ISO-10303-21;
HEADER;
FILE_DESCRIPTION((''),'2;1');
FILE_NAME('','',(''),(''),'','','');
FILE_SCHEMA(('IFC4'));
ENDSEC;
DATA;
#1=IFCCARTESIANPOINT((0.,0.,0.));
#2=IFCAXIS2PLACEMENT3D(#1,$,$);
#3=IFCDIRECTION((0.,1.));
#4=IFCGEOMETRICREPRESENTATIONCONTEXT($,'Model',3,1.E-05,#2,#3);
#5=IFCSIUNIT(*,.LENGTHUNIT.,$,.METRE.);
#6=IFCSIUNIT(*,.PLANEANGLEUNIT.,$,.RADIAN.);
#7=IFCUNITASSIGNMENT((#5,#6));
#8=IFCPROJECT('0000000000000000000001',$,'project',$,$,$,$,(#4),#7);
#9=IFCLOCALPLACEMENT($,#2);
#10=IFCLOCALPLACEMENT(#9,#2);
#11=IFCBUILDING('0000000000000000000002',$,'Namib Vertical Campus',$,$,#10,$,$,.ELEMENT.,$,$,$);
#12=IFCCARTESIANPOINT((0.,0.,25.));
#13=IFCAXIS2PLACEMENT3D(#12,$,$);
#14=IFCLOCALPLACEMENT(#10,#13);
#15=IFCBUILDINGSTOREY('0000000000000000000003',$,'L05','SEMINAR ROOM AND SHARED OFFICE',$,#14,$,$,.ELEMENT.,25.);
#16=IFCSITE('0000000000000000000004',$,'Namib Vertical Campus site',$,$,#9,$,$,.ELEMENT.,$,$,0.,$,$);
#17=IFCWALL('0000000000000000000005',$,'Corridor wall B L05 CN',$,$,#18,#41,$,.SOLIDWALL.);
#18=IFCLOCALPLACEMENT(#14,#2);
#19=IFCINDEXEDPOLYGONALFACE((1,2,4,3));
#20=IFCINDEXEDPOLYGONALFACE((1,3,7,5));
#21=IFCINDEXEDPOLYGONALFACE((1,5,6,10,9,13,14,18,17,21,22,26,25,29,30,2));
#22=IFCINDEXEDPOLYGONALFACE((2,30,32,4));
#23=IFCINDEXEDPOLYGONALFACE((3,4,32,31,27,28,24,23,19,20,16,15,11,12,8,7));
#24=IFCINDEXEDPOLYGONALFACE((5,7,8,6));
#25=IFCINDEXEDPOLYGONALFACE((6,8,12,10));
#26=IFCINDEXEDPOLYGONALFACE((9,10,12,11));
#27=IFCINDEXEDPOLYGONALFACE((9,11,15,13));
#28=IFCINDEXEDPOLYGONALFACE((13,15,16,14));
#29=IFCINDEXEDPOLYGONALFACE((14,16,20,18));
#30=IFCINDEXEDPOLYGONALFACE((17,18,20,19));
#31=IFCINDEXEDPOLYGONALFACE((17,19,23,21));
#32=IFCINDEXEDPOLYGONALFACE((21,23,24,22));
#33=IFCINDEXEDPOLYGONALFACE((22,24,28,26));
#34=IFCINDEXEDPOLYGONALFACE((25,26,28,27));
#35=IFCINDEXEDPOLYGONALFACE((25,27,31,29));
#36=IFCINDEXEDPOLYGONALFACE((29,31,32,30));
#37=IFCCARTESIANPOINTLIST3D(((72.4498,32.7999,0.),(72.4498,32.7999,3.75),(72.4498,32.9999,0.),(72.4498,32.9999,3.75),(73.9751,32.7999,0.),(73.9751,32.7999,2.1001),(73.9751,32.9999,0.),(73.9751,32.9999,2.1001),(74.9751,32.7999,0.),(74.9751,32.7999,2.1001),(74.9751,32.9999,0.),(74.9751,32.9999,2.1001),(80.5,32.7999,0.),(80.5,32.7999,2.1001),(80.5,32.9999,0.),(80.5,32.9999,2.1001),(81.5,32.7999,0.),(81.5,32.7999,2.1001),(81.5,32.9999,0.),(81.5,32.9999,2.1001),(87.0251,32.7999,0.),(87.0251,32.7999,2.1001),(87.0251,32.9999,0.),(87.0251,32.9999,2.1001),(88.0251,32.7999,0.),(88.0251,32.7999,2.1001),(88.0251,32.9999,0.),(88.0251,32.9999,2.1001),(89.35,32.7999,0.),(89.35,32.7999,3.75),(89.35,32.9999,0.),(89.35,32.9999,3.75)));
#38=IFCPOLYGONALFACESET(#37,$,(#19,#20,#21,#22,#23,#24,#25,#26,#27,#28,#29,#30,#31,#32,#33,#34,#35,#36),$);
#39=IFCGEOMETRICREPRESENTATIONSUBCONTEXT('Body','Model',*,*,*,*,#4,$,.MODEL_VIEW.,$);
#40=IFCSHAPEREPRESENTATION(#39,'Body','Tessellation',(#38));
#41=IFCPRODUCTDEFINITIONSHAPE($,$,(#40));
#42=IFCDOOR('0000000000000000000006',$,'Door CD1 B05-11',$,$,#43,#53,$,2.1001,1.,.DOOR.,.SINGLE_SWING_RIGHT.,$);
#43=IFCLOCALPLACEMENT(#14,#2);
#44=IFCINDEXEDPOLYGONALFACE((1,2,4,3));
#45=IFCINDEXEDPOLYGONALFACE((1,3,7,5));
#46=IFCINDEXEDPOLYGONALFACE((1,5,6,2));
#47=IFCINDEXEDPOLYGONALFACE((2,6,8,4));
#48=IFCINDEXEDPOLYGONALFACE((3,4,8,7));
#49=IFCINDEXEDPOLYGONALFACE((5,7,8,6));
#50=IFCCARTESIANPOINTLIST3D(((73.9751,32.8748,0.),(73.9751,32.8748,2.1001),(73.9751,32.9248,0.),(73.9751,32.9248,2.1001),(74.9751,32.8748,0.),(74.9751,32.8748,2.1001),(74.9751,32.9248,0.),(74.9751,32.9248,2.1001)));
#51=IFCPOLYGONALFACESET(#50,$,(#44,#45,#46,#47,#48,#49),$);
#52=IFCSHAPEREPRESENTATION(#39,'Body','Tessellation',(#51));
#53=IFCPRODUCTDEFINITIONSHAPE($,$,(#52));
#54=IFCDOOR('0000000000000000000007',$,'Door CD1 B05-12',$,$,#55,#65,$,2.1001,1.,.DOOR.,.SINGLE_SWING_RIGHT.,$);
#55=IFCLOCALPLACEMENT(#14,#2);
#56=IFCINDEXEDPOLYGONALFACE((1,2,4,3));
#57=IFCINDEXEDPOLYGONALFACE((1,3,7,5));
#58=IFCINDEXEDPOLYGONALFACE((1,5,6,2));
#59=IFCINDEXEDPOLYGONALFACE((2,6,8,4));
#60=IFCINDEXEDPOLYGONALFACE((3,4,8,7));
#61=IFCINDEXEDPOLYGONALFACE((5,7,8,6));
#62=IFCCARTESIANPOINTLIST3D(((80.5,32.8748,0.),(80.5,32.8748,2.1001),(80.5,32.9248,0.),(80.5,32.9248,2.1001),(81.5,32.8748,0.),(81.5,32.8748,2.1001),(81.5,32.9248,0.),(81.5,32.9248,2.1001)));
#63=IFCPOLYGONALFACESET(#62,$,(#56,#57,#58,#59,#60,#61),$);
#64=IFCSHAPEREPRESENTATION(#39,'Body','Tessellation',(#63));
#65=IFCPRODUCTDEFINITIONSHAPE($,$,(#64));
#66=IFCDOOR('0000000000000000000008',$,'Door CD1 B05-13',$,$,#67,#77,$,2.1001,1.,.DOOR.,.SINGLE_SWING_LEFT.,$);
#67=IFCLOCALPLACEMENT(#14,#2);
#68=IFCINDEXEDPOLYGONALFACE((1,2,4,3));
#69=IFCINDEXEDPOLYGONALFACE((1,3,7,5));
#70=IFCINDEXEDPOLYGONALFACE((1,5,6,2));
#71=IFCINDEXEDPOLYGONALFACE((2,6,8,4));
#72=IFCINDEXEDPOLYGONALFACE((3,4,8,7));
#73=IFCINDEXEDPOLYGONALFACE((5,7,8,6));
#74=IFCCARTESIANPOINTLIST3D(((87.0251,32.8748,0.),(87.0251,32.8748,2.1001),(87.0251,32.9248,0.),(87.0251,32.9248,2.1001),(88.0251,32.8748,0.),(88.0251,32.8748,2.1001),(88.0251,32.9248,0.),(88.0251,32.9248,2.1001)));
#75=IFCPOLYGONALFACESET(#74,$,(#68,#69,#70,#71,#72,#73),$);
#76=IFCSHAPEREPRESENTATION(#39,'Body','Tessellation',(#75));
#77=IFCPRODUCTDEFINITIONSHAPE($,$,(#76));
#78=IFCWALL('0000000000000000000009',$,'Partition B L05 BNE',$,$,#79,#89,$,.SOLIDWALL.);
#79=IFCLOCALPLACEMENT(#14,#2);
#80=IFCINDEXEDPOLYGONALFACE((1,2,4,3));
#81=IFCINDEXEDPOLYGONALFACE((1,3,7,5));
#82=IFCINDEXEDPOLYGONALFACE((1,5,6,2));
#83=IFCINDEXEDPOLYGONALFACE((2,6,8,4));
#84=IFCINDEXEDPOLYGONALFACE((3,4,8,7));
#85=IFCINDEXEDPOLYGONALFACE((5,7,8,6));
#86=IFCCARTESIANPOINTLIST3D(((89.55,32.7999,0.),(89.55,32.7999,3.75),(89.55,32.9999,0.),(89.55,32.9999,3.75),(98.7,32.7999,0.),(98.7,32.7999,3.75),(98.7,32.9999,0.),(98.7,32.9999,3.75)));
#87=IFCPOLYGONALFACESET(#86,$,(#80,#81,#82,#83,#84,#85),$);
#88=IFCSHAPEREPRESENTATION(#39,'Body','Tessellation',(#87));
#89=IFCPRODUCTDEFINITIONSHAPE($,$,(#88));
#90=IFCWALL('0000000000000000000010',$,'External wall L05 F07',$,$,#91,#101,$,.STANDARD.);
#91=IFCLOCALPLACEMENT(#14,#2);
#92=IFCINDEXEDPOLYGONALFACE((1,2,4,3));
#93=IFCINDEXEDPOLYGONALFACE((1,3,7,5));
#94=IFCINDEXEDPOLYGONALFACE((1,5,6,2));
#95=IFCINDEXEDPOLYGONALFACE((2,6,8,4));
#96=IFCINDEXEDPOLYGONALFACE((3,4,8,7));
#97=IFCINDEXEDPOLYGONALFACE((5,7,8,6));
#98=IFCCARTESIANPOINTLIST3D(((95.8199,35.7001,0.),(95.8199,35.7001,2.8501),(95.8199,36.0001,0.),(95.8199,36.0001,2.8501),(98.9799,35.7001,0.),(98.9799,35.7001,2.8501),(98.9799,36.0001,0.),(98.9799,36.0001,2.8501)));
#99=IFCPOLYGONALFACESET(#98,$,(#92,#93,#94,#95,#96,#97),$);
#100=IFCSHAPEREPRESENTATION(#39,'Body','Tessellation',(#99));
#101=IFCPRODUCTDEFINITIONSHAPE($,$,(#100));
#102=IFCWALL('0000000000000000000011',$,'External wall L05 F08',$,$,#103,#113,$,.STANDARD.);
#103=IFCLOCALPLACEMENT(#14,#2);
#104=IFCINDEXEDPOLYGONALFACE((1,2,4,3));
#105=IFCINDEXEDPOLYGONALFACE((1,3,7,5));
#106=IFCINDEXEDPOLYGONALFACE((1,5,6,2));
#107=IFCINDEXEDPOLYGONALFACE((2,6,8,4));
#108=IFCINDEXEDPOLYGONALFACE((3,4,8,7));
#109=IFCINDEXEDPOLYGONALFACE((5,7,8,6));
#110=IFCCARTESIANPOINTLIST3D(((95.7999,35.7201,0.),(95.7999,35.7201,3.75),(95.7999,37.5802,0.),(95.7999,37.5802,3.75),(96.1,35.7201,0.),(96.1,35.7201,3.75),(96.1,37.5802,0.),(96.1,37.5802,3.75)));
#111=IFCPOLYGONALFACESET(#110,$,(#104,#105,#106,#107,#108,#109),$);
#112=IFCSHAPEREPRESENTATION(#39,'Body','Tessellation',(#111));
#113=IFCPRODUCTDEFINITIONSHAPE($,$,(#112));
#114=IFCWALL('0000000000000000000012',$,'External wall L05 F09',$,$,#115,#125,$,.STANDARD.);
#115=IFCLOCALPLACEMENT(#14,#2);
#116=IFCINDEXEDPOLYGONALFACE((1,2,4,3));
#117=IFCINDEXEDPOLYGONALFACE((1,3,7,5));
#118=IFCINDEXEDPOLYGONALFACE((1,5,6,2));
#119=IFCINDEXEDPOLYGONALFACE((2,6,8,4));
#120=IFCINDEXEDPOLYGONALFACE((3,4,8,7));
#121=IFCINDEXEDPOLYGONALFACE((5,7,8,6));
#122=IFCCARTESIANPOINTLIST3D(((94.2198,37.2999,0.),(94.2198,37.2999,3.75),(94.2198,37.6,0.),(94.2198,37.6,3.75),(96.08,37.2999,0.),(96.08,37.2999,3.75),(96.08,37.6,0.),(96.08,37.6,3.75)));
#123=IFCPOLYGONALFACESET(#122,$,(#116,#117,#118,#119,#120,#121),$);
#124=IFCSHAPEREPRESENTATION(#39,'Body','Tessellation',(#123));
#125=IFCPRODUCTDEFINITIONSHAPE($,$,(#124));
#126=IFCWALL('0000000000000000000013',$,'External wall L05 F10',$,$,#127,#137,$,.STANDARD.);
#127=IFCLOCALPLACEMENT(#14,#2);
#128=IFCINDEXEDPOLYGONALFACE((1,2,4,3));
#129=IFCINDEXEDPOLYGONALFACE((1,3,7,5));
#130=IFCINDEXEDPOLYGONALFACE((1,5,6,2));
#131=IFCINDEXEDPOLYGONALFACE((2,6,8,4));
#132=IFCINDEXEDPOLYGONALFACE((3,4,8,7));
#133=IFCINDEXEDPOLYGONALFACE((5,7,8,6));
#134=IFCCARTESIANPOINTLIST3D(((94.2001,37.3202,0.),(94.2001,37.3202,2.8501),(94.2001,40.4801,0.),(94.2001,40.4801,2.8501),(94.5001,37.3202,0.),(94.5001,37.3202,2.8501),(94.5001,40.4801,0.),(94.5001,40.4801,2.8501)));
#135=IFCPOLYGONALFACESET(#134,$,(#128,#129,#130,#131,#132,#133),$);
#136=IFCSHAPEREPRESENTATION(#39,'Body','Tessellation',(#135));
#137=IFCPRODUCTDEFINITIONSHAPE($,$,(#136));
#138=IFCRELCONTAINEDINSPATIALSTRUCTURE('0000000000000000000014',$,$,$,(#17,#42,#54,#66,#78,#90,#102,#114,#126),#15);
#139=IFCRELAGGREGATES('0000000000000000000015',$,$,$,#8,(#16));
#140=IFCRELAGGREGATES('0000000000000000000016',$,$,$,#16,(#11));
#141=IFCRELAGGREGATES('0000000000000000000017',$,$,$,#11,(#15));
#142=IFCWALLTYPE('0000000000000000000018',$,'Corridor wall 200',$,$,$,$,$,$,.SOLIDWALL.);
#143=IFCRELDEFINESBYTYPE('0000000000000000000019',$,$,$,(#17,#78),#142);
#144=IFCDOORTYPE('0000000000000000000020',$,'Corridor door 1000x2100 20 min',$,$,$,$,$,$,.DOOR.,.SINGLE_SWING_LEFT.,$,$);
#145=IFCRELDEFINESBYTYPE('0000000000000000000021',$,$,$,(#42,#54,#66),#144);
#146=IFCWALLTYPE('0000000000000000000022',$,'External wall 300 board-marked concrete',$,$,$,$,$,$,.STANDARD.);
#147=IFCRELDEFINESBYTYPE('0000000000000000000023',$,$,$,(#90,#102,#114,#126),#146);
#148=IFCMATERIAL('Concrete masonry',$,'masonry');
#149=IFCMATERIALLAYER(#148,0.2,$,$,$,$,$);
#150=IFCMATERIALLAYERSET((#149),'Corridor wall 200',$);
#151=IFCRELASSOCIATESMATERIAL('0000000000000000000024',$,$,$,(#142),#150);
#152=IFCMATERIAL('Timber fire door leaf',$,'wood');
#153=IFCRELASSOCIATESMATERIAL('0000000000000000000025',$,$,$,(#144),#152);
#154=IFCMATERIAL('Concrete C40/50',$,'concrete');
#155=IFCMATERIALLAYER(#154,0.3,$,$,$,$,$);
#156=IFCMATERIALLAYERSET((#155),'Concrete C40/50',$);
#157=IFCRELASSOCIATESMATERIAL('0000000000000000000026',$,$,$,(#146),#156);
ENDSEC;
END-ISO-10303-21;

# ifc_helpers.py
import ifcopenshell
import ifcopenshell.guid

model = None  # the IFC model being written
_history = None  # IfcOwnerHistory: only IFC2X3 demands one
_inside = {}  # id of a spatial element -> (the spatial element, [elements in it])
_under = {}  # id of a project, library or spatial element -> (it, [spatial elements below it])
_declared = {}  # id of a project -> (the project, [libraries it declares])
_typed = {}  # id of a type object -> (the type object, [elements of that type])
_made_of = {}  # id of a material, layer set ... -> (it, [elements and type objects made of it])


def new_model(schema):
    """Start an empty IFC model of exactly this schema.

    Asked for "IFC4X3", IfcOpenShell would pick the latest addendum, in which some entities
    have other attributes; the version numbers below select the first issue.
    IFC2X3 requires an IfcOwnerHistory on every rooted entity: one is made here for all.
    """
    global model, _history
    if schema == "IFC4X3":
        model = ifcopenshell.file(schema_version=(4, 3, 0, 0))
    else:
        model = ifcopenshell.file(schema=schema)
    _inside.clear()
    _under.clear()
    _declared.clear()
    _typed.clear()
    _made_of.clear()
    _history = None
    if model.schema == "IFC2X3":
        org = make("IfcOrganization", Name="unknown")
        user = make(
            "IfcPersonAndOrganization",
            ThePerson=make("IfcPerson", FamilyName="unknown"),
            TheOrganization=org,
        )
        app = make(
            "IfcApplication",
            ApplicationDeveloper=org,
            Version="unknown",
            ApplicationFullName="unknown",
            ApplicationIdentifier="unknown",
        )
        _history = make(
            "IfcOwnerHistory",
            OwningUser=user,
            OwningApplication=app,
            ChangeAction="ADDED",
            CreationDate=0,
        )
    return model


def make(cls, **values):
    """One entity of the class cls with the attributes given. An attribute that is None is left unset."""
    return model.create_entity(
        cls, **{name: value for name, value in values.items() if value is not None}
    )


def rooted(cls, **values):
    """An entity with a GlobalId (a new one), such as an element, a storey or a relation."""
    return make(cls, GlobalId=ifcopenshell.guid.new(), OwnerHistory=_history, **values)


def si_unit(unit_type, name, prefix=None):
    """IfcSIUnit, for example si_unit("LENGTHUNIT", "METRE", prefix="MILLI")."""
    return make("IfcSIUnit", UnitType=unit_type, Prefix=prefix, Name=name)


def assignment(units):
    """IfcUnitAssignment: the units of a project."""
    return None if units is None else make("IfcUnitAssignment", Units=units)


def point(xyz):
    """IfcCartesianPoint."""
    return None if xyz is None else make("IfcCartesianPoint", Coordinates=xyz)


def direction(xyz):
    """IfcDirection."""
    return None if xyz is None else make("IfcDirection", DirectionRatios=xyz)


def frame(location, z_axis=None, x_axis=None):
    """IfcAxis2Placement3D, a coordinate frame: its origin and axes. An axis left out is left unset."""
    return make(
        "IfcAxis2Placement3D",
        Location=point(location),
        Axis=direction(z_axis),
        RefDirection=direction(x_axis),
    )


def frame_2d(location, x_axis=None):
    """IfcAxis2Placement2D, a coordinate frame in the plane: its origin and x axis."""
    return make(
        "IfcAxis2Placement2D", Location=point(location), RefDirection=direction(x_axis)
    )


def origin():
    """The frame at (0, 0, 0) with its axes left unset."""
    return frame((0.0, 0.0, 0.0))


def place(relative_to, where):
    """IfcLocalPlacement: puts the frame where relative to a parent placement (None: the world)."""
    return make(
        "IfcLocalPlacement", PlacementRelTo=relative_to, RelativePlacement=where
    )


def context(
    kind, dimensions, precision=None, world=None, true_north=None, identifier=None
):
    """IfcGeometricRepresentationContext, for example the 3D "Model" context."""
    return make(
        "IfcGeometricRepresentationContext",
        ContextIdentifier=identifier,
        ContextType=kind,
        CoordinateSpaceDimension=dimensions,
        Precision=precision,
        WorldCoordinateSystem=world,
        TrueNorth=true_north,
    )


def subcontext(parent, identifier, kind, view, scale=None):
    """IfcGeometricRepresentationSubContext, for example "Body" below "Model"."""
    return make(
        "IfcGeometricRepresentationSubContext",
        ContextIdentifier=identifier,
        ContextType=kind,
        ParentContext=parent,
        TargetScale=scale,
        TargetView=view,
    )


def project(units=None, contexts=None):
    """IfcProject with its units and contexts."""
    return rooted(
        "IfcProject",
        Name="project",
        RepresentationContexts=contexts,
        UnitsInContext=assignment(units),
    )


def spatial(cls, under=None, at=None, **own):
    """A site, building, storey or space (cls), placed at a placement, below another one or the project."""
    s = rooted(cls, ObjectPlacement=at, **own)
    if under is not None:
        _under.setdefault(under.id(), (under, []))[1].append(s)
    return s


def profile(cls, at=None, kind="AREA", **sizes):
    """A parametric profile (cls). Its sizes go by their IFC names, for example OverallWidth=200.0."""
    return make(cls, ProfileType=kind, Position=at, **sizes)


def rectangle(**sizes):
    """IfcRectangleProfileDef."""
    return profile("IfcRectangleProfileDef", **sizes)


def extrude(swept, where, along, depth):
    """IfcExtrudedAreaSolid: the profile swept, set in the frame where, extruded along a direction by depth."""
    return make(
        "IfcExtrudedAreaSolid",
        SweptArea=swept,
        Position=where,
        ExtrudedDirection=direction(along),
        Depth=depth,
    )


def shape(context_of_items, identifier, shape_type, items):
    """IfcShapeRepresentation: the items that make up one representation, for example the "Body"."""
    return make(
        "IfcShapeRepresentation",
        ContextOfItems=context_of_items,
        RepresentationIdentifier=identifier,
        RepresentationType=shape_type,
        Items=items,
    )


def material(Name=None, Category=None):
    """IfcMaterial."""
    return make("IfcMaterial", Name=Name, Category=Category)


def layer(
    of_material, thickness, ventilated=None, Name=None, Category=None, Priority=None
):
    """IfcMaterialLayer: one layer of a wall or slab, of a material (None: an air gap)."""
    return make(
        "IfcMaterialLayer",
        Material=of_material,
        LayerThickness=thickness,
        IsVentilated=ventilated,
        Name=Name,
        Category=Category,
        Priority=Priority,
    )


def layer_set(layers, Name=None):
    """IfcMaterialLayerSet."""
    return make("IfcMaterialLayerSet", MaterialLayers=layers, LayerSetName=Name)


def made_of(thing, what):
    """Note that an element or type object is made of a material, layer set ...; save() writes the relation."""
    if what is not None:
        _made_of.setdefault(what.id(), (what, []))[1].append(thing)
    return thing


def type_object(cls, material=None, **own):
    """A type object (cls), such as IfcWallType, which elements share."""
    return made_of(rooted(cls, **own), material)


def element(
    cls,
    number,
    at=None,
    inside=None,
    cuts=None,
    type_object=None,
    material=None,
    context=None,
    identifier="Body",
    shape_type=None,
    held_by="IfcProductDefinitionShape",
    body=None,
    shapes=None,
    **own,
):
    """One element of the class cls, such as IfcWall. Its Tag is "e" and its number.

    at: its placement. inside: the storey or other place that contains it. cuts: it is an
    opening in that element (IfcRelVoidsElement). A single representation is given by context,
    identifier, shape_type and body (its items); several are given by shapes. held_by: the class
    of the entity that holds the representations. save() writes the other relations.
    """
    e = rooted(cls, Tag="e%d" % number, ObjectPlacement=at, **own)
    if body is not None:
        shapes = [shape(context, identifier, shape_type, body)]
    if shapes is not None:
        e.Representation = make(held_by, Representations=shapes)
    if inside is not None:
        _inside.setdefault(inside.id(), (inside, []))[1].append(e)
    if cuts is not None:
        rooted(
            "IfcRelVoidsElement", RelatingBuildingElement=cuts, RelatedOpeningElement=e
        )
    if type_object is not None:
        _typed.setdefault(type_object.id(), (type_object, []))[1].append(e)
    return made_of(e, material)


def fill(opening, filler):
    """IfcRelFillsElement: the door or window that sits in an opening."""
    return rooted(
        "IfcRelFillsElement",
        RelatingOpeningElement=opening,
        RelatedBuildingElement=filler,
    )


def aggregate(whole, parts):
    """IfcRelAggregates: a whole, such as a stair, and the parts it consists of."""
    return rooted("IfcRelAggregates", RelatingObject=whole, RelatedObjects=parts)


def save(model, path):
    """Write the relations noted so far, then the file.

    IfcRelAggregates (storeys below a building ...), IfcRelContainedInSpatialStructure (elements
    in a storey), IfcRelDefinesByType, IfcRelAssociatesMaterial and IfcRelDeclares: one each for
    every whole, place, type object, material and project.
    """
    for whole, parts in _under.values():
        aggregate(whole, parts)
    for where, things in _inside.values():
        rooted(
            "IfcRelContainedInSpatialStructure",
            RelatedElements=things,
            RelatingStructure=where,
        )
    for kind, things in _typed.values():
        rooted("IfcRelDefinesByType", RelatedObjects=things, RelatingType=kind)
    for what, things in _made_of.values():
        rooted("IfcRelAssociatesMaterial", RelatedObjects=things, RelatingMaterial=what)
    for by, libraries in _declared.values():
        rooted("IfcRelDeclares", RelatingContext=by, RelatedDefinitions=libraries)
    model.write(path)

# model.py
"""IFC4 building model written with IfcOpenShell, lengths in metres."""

from ifc_helpers import new_model, si_unit, direction, frame, frame_2d, origin, place, context, subcontext, project, spatial, rectangle, extrude, material, layer, layer_set, type_object, element, fill, save


model = new_model("IFC4")

# Units and contexts
model_context = context("Model", 3, precision=1e-05, world=origin(), true_north=direction((0.0, 1.0)))
body_context = subcontext(model_context, "Body", "Model", "MODEL_VIEW")
ifc_project = project(units=[si_unit("LENGTHUNIT", "METRE"), si_unit("PLANEANGLEUNIT", "RADIAN")], contexts=[model_context])

# Site, building, storey
site_placement = place(None, origin())
site = spatial("IfcSite", under=ifc_project, at=site_placement, Name="Namib Vertical Campus site", CompositionType="ELEMENT", RefElevation=0.0)
building_placement = place(site_placement, origin())
building = spatial("IfcBuilding", under=site, at=building_placement, Name="Namib Vertical Campus", CompositionType="ELEMENT")
storey_placement = place(building_placement, frame((0.0, 0.0, 25.0)))
storey = spatial("IfcBuildingStorey", under=building, at=storey_placement, Name="L05", Description="SEMINAR ROOM AND SHARED OFFICE", CompositionType="ELEMENT", Elevation=25.0)

# Wall, openings, doors
ifc_material_1 = material(Name="Concrete masonry", Category="masonry")
ifc_layer_1 = layer(ifc_material_1, 0.2)
ifc_layer_set_1 = layer_set([ifc_layer_1], Name="Corridor wall 200")
wall_type_1 = type_object("IfcWallType", Name="Corridor wall 200", PredefinedType="SOLIDWALL", material=ifc_layer_set_1)
wall_1_placement = place(storey_placement, frame((89.3501, 32.8999, 0.0), z_axis=(0.0, 0.0, 1.0), x_axis=(-1.0, 0.0, 0.0)))
wall_1 = element("IfcWall", 1, at=wall_1_placement, inside=storey, type_object=wall_type_1, Name="Corridor wall B L05 CN", PredefinedType="SOLIDWALL", context=body_context, shape_type="SweptSolid", body=[
    extrude(rectangle(XDim=16.9001, YDim=0.2, at=frame_2d((8.4502, 0.0))), origin(), (0.0, 0.0, 1.0), 3.75),
])
opening_1_placement = place(wall_1_placement, frame((14.375, 0.0, 0.0)))
opening_1 = element("IfcOpeningElement", 2, at=opening_1_placement, cuts=wall_1, PredefinedType="OPENING", context=body_context, shape_type="SweptSolid", body=[
    extrude(rectangle(XDim=1.0, YDim=2.1001, at=frame_2d((0.5, 1.05))), frame((0.0, 0.1099, 0.0), z_axis=(0.0, -1.0, 0.0), x_axis=(1.0, 0.0, 0.0)), (0.0, 0.0, 1.0), 0.22),
])
opening_2_placement = place(wall_1_placement, frame((7.8501, 0.0, 0.0)))
opening_2 = element("IfcOpeningElement", 3, at=opening_2_placement, cuts=wall_1, PredefinedType="OPENING", context=body_context, shape_type="SweptSolid", body=[
    extrude(rectangle(XDim=1.0, YDim=2.1001, at=frame_2d((0.5, 1.05))), frame((0.0, 0.1099, 0.0), z_axis=(0.0, -1.0, 0.0), x_axis=(1.0, 0.0, 0.0)), (0.0, 0.0, 1.0), 0.22),
])
opening_3_placement = place(wall_1_placement, frame((1.325, 0.0, 0.0)))
opening_3 = element("IfcOpeningElement", 4, at=opening_3_placement, cuts=wall_1, PredefinedType="OPENING", context=body_context, shape_type="SweptSolid", body=[
    extrude(rectangle(XDim=1.0, YDim=2.1001, at=frame_2d((0.5, 1.05))), frame((0.0, 0.1099, 0.0), z_axis=(0.0, -1.0, 0.0), x_axis=(1.0, 0.0, 0.0)), (0.0, 0.0, 1.0), 0.22),
])
ifc_material_2 = material(Name="Timber fire door leaf", Category="wood")
door_type = type_object("IfcDoorType", Name="Corridor door 1000x2100 20 min", OperationType="SINGLE_SWING_LEFT", PredefinedType="DOOR", material=ifc_material_2)
door_1_placement = place(opening_1_placement, frame((1.0, 0.0, 0.0), z_axis=(0.0, 0.0, 1.0), x_axis=(-1.0, 0.0, 0.0)))
door_1 = element("IfcDoor", 5, at=door_1_placement, inside=storey, type_object=door_type, Name="Door CD1 B05-11", OperationType="SINGLE_SWING_RIGHT", OverallHeight=2.1001, OverallWidth=1.0, PredefinedType="DOOR", context=body_context, shape_type="SweptSolid", body=[
    extrude(rectangle(XDim=1.0, YDim=2.1001, at=frame_2d((0.5, 1.05))), frame((0.0, 0.0249, 0.0), z_axis=(0.0, -1.0, 0.0), x_axis=(1.0, 0.0, 0.0)), (0.0, 0.0, 1.0), 0.05),
])
fill(opening_1, door_1)
door_2_placement = place(opening_2_placement, frame((1.0, 0.0, 0.0), z_axis=(0.0, 0.0, 1.0), x_axis=(-1.0, 0.0, 0.0)))
door_2 = element("IfcDoor", 6, at=door_2_placement, inside=storey, type_object=door_type, Name="Door CD1 B05-12", OperationType="SINGLE_SWING_RIGHT", OverallHeight=2.1001, OverallWidth=1.0, PredefinedType="DOOR", context=body_context, shape_type="SweptSolid", body=[
    extrude(rectangle(XDim=1.0, YDim=2.1001, at=frame_2d((0.5, 1.05))), frame((0.0, 0.0249, 0.0), z_axis=(0.0, -1.0, 0.0), x_axis=(1.0, 0.0, 0.0)), (0.0, 0.0, 1.0), 0.05),
])
fill(opening_2, door_2)
door_3_placement = place(opening_3_placement, frame((1.0, 0.0, 0.0), z_axis=(0.0, 0.0, 1.0), x_axis=(-1.0, 0.0, 0.0)))
door_3 = element("IfcDoor", 7, at=door_3_placement, inside=storey, type_object=door_type, Name="Door CD1 B05-13", OperationType="SINGLE_SWING_LEFT", OverallHeight=2.1001, OverallWidth=1.0, PredefinedType="DOOR", context=body_context, shape_type="SweptSolid", body=[
    extrude(rectangle(XDim=1.0, YDim=2.1001, at=frame_2d((0.5, 1.05))), frame((0.0, 0.0249, 0.0), z_axis=(0.0, -1.0, 0.0), x_axis=(1.0, 0.0, 0.0)), (0.0, 0.0, 1.0), 0.05),
])
fill(opening_3, door_3)

# Walls
wall_2_placement = place(storey_placement, frame((89.55, 32.8999, 0.0), z_axis=(0.0, 0.0, 1.0), x_axis=(1.0, 0.0, 0.0)))
element("IfcWall", 8, at=wall_2_placement, inside=storey, type_object=wall_type_1, Name="Partition B L05 BNE", PredefinedType="SOLIDWALL", context=body_context, shape_type="SweptSolid", body=[
    extrude(rectangle(XDim=9.1499, YDim=0.2, at=frame_2d((4.575, 0.0))), origin(), (0.0, 0.0, 1.0), 3.75),
])
ifc_material_3 = material(Name="Concrete C40/50", Category="concrete")
ifc_layer_2 = layer(ifc_material_3, 0.3)
ifc_layer_set_2 = layer_set([ifc_layer_2], Name="Concrete C40/50")
wall_type_2 = type_object("IfcWallType", Name="External wall 300 board-marked concrete", PredefinedType="STANDARD", material=ifc_layer_set_2)
wall_3_placement = place(storey_placement, frame((98.98, 35.8501, 0.0), z_axis=(0.0, 0.0, 1.0), x_axis=(-1.0, 0.0, 0.0)))
element("IfcWall", 9, at=wall_3_placement, inside=storey, type_object=wall_type_2, Name="External wall L05 F07", PredefinedType="STANDARD", context=body_context, shape_type="SweptSolid", body=[
    extrude(rectangle(XDim=3.1599, YDim=0.3, at=frame_2d((1.5801, 0.0))), origin(), (0.0, 0.0, 1.0), 2.8501),
])
for number, where, z_axis, x_axis, name in (
    (10, (95.95, 35.72, 0.0), (0.0, 0.0, 1.0), (0.0, 1.0, 0.0), "External wall L05 F08"),
    (11, (96.0801, 37.45, 0.0), (0.0, 0.0, 1.0), (-1.0, 0.0, 0.0), "External wall L05 F09"),
):
    element("IfcWall", number, at=place(storey_placement, frame(where, z_axis=z_axis, x_axis=x_axis)), inside=storey, type_object=wall_type_2, Name=name, PredefinedType="STANDARD", context=body_context, shape_type="SweptSolid", body=[
        extrude(rectangle(XDim=1.8601, YDim=0.3, at=frame_2d((0.9302, 0.0))), origin(), (0.0, 0.0, 1.0), 3.75),
    ])
wall_4_placement = place(storey_placement, frame((94.3501, 37.3201, 0.0), z_axis=(0.0, 0.0, 1.0), x_axis=(0.0, 1.0, 0.0)))
element("IfcWall", 12, at=wall_4_placement, inside=storey, type_object=wall_type_2, Name="External wall L05 F10", PredefinedType="STANDARD", context=body_context, shape_type="SweptSolid", body=[
    extrude(rectangle(XDim=3.1599, YDim=0.3, at=frame_2d((1.5801, 0.0))), origin(), (0.0, 0.0, 1.0), 2.8501),
])

save(model, "model.ifc")
